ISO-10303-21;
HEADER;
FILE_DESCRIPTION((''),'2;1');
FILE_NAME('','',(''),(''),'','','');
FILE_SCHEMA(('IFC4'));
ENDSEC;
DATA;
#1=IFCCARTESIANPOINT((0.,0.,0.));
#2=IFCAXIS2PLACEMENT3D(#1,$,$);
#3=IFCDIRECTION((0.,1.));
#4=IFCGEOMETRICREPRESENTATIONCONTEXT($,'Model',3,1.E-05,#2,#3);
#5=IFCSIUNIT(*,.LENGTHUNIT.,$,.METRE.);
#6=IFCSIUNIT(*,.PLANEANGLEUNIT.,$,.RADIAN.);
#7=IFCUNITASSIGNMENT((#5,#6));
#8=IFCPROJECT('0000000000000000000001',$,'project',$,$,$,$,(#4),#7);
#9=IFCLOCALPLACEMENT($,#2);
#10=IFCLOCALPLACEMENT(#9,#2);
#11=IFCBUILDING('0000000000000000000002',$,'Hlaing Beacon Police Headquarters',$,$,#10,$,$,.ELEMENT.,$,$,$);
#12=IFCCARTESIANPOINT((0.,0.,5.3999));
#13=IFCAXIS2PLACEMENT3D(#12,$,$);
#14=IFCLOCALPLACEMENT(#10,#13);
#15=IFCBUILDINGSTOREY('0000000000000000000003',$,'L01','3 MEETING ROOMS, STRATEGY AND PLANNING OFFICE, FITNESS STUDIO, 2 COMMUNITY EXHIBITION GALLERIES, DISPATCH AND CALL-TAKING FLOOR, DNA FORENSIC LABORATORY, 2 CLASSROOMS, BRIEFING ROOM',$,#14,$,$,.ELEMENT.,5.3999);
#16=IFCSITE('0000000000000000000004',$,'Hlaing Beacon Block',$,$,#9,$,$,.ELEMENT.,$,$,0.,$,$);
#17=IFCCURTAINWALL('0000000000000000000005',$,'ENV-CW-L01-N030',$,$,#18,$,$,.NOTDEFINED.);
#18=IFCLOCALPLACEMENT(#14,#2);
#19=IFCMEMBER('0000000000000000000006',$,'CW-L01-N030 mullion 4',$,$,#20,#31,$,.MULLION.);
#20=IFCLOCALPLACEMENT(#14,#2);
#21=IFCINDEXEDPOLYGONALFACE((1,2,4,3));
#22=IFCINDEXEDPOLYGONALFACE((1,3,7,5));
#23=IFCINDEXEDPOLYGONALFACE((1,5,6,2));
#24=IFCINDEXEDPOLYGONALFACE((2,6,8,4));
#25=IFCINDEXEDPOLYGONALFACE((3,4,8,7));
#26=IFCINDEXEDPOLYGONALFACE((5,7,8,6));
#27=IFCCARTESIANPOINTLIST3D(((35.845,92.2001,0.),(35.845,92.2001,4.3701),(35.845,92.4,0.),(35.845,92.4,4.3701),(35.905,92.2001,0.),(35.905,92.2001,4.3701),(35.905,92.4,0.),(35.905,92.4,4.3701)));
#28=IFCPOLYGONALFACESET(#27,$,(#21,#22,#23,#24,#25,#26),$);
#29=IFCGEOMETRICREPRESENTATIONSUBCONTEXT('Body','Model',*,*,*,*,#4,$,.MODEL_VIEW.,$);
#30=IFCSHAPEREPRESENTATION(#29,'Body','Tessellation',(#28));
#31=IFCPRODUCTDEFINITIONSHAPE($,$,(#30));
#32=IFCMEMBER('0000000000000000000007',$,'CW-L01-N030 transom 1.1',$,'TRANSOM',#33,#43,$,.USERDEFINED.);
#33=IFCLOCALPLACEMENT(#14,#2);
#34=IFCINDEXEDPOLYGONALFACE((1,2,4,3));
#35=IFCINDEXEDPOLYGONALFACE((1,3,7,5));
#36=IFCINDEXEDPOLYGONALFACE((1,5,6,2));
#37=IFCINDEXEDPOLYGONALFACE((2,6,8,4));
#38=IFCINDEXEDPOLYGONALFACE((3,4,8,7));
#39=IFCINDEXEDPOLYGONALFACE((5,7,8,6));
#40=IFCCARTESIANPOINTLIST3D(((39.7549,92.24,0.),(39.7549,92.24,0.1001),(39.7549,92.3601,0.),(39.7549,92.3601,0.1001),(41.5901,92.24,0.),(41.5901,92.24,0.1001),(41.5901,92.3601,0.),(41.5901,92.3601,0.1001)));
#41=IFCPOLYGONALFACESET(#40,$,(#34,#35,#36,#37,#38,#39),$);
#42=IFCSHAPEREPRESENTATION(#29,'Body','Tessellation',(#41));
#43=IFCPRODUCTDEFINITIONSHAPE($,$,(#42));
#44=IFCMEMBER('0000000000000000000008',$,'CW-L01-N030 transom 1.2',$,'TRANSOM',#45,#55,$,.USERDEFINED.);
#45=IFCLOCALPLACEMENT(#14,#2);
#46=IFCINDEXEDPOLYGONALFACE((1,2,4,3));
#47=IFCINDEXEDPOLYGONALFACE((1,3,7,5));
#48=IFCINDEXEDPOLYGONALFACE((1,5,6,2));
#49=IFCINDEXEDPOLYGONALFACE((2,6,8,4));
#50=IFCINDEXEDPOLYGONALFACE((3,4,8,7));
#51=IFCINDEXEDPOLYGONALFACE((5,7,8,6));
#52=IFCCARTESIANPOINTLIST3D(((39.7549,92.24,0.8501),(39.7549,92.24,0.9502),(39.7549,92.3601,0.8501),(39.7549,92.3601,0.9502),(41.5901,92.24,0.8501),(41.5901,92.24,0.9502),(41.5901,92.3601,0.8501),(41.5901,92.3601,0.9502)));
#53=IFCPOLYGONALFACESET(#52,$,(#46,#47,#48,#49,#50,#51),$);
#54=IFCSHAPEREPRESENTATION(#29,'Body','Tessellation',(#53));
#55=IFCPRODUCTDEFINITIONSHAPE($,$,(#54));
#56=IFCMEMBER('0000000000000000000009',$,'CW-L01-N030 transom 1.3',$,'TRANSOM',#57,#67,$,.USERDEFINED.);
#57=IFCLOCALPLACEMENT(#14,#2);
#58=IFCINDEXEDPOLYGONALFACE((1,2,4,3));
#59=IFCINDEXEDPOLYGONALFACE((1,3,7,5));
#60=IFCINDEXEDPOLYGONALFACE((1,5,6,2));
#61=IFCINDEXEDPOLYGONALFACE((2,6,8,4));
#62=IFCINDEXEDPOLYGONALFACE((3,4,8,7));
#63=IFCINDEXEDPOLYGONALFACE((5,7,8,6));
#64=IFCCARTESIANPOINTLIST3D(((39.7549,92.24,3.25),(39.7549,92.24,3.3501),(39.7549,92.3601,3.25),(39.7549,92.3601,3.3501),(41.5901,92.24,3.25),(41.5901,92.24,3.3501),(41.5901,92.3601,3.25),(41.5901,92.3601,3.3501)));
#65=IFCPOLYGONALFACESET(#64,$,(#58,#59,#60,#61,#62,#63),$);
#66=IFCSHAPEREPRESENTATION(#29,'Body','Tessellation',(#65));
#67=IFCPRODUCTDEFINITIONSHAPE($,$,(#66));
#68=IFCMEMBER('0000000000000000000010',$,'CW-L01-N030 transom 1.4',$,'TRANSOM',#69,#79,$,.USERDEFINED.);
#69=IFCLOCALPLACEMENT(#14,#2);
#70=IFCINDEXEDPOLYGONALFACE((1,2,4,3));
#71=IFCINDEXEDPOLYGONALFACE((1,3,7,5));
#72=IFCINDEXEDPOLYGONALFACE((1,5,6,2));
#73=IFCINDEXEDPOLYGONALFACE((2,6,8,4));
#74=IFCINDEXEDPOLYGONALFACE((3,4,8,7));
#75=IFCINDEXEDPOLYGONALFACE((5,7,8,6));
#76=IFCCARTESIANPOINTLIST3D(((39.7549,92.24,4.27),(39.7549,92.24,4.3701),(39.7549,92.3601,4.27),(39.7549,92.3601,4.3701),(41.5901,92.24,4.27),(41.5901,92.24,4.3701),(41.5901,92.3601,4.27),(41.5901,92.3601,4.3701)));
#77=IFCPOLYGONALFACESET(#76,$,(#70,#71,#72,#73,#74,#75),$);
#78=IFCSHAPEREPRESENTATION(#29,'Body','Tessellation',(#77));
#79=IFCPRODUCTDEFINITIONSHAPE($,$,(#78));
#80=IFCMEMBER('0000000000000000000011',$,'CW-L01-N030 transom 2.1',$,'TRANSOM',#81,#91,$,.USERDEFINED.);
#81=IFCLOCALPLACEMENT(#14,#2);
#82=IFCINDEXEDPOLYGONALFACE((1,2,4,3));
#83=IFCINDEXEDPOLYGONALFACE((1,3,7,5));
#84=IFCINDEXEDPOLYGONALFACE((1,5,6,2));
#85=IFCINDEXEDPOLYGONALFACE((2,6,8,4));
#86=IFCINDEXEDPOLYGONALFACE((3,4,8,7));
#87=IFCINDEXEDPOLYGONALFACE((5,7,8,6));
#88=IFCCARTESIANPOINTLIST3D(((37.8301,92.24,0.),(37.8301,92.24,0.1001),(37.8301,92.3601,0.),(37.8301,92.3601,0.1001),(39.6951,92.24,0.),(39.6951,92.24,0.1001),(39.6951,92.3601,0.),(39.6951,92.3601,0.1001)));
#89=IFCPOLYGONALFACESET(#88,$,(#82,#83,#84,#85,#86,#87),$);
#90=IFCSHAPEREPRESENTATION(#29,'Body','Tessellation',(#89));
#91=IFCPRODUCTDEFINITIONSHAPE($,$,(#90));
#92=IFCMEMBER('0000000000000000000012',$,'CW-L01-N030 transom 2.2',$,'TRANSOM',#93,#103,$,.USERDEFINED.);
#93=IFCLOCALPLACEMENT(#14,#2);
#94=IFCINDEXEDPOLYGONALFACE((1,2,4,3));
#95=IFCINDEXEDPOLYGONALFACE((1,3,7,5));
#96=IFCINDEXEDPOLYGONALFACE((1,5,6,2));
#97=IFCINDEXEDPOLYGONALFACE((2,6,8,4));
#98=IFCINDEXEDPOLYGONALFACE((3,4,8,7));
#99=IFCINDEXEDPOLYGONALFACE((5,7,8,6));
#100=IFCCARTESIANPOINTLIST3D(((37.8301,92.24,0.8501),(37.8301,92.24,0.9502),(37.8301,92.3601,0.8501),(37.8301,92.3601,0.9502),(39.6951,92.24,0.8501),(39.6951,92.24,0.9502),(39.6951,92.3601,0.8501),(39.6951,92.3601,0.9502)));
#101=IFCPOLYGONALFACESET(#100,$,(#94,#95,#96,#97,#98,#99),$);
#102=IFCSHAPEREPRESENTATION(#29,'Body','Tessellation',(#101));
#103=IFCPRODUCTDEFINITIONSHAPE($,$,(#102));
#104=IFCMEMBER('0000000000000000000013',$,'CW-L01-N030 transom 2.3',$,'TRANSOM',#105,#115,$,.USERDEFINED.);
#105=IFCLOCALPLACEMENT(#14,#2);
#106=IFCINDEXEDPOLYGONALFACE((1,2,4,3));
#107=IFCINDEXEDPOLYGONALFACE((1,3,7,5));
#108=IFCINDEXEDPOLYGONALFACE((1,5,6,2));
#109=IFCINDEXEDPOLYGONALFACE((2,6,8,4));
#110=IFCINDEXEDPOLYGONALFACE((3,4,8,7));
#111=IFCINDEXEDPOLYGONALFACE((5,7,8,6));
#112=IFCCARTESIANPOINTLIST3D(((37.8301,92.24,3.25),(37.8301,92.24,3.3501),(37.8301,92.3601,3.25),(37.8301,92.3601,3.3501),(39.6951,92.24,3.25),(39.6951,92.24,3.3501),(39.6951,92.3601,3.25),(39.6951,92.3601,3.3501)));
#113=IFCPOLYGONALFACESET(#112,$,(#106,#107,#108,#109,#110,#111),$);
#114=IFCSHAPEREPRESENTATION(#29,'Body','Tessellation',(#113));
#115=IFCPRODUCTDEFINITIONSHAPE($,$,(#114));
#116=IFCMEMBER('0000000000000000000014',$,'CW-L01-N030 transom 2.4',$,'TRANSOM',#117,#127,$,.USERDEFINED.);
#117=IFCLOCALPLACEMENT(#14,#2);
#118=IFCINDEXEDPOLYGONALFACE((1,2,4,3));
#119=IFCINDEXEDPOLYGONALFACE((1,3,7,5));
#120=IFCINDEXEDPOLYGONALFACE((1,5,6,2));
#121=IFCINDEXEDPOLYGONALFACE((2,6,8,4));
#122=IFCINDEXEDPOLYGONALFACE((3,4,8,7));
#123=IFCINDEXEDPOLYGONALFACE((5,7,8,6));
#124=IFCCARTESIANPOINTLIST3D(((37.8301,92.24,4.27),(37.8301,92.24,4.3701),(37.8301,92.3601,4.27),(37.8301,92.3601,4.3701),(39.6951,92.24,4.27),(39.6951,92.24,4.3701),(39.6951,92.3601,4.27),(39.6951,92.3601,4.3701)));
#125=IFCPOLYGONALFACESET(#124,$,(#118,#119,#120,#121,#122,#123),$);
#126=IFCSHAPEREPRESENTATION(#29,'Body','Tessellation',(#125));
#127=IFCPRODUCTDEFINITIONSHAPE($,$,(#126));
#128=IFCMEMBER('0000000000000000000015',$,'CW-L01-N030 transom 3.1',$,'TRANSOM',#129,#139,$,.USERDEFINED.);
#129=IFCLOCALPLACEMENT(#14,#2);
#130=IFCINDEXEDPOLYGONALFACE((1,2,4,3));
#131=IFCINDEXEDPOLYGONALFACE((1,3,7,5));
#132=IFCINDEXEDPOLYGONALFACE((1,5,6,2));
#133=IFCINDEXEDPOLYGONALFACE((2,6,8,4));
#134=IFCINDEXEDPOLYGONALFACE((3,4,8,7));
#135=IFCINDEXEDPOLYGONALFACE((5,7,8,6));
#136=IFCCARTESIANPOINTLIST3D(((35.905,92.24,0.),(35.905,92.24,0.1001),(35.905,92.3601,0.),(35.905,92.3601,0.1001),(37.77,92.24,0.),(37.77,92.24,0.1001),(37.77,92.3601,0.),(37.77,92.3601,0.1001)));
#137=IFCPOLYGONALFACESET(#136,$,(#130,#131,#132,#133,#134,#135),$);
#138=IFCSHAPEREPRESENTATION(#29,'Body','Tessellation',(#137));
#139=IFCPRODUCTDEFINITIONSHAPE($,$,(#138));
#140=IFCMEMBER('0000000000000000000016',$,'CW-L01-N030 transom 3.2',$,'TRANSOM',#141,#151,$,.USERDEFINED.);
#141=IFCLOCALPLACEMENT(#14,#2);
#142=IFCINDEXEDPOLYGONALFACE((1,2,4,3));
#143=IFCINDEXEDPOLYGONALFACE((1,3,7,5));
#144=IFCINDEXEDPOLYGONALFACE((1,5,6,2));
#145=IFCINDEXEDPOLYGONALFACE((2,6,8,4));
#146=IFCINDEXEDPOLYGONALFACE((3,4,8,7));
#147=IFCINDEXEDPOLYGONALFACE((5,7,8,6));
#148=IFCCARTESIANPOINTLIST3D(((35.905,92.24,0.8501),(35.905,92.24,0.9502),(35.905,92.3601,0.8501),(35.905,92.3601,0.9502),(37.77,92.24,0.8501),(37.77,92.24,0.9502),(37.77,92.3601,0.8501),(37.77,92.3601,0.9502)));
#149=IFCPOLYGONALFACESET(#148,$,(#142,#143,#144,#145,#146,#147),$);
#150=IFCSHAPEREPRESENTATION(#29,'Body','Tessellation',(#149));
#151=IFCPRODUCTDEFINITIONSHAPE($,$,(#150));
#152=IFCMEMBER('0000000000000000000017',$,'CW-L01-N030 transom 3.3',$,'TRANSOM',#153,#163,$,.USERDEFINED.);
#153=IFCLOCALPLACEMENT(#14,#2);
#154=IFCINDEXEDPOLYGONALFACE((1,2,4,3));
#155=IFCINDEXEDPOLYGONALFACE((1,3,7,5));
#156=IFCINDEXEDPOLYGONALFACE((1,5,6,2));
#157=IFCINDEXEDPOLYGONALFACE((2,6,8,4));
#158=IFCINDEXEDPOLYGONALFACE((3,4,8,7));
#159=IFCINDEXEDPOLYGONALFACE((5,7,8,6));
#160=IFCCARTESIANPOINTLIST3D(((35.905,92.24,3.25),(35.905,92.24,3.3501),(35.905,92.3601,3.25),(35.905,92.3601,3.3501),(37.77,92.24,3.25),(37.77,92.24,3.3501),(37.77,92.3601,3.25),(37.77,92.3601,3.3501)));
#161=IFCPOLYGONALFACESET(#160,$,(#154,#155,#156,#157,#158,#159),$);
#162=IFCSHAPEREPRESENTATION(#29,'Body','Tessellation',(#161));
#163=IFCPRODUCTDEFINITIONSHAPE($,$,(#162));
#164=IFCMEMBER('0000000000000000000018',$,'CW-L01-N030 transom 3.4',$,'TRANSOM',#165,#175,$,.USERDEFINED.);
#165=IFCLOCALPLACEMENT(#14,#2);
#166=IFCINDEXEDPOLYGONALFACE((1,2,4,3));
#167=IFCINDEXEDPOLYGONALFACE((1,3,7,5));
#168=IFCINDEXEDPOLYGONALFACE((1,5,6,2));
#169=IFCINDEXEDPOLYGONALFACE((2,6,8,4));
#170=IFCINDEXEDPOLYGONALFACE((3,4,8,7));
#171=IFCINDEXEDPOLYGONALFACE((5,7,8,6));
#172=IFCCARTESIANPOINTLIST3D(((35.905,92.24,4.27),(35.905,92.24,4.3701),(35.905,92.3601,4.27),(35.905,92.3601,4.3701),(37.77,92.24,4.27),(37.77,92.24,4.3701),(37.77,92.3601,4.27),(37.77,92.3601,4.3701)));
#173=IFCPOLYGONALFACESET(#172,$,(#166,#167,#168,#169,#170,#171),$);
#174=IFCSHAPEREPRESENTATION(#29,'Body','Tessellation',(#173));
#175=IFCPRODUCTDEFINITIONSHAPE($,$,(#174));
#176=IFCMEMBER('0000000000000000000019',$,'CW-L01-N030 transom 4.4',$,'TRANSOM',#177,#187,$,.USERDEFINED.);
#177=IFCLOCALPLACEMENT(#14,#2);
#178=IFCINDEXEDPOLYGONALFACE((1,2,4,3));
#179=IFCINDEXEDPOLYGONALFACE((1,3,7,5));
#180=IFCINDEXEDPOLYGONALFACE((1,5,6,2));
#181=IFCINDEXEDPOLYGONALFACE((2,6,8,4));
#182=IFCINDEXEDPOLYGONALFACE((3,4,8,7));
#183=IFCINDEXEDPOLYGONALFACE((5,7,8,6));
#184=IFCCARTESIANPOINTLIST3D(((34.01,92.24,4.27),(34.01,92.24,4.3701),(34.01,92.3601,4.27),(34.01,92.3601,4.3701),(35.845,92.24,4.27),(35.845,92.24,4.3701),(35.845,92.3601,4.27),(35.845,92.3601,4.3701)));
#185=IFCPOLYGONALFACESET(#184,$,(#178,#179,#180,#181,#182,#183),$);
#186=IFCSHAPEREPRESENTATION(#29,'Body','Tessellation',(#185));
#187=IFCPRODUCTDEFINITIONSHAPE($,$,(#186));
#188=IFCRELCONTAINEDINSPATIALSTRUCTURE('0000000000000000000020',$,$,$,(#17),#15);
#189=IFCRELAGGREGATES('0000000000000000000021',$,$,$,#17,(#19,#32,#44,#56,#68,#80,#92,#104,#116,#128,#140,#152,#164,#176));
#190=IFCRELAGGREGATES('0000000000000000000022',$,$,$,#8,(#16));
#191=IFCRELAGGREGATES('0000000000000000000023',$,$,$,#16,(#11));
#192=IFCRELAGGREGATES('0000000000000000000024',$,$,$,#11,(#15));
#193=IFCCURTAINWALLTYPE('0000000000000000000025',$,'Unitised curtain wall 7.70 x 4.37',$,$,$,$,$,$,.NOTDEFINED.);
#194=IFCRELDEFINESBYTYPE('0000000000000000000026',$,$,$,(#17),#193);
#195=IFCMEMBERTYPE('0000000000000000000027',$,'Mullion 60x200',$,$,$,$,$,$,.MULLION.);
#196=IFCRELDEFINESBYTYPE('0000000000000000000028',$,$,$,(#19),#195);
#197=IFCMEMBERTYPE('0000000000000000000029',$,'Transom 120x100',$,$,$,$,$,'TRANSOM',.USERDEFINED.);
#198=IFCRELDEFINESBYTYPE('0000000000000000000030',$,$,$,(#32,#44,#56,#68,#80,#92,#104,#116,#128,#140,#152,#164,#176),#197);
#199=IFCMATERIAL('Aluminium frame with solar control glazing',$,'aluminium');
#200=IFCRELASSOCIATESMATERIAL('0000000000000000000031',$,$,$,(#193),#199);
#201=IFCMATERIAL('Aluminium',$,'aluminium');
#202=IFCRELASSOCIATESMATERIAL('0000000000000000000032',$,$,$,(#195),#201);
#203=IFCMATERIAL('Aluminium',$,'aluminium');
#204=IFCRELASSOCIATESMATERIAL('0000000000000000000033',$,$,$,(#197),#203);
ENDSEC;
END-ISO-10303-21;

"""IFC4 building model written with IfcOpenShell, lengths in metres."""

from ifc_helpers import new_model, si_unit, direction, frame, origin, origin_2d, place, context, subcontext, project, spatial, rectangle, extrude, material, material_profile, profile_set, type_object, element, aggregate, save


model = new_model("IFC4")

# Units and contexts
model_context = context("Model", 3, precision=1e-05, world=origin(), true_north=direction((0.0, 1.0)))
body_context = subcontext(model_context, "Body", "Model", "MODEL_VIEW")
ifc_project = project(units=[si_unit("LENGTHUNIT", "METRE"), si_unit("PLANEANGLEUNIT", "RADIAN")], contexts=[model_context])

# Site, building, storey
site_placement = place(None, origin())
site = spatial("IfcSite", under=ifc_project, at=site_placement, Name="Hlaing Beacon Block", CompositionType="ELEMENT", RefElevation=0.0)
building_placement = place(site_placement, origin())
building = spatial("IfcBuilding", under=site, at=building_placement, Name="Hlaing Beacon Police Headquarters", CompositionType="ELEMENT")
storey_placement = place(building_placement, frame((0.0, 0.0, 5.3999)))
storey = spatial("IfcBuildingStorey", under=building, at=storey_placement, Name="L01", Description="3 MEETING ROOMS, STRATEGY AND PLANNING OFFICE, FITNESS STUDIO, 2 COMMUNITY EXHIBITION GALLERIES, DISPATCH AND CALL-TAKING FLOOR, DNA FORENSIC LABORATORY, 2 CLASSROOMS, BRIEFING ROOM", CompositionType="ELEMENT", Elevation=5.3999)

# Shared definitions
ifc_material_1 = material(Name="Aluminium frame with solar control glazing", Category="aluminium")
curtain_wall_type = type_object("IfcCurtainWallType", Name="Unitised curtain wall 7.70 x 4.37", PredefinedType="NOTDEFINED", material=ifc_material_1)
ifc_material_2 = material(Name="Aluminium", Category="aluminium")
ifc_material_profile_1 = material_profile(ifc_material_2, rectangle(XDim=0.2, YDim=0.0601, at=origin_2d()), Name="Mullion 60x200")
ifc_profile_set_1 = profile_set([ifc_material_profile_1], Name="Aluminium")
member_type_1 = type_object("IfcMemberType", Name="Mullion 60x200", PredefinedType="MULLION", material=ifc_profile_set_1)

# Curtain wall, members
curtain_wall_1_placement = place(storey_placement, origin())
curtain_wall_1 = element("IfcCurtainWall", 1, at=curtain_wall_1_placement, inside=storey, type_object=curtain_wall_type, Name="ENV-CW-L01-N030", PredefinedType="NOTDEFINED")
member_1_placement = place(storey_placement, frame((35.875, 92.3, 0.0), z_axis=(0.0, 0.0, 1.0), x_axis=(0.0, -1.0, 0.0)))
member_1 = element("IfcMember", 2, at=member_1_placement, type_object=member_type_1, Name="CW-L01-N030 mullion 4", PredefinedType="MULLION", context=body_context, shape_type="SweptSolid", body=[
    extrude(rectangle(XDim=0.2, YDim=0.0601, at=origin_2d()), origin(), (0.0, 0.0, 1.0), 4.3701),
])
ifc_material_3 = material(Name="Aluminium", Category="aluminium")
ifc_material_profile_2 = material_profile(ifc_material_3, rectangle(XDim=0.1201, YDim=0.1001, at=origin_2d()), Name="Transom 120x100")
ifc_profile_set_2 = profile_set([ifc_material_profile_2], Name="Aluminium")
member_type_2 = type_object("IfcMemberType", Name="Transom 120x100", ElementType="TRANSOM", PredefinedType="USERDEFINED", material=ifc_profile_set_2)
member_2_placement = place(storey_placement, frame((41.5901, 92.3, 0.05), z_axis=(-1.0, 0.0, 0.0), x_axis=(0.0, -1.0, 0.0)))
member_2 = element("IfcMember", 3, at=member_2_placement, type_object=member_type_2, Name="CW-L01-N030 transom 1.1", ObjectType="TRANSOM", PredefinedType="USERDEFINED", context=body_context, shape_type="SweptSolid", body=[
    extrude(rectangle(XDim=0.1201, YDim=0.1001, at=origin_2d()), origin(), (0.0, 0.0, 1.0), 1.8352),
])
member_3_placement = place(storey_placement, frame((41.5901, 92.3, 0.9001), z_axis=(-1.0, 0.0, 0.0), x_axis=(0.0, -1.0, 0.0)))
member_3 = element("IfcMember", 4, at=member_3_placement, type_object=member_type_2, Name="CW-L01-N030 transom 1.2", ObjectType="TRANSOM", PredefinedType="USERDEFINED", context=body_context, shape_type="SweptSolid", body=[
    extrude(rectangle(XDim=0.1201, YDim=0.1001, at=origin_2d()), origin(), (0.0, 0.0, 1.0), 1.8352),
])
member_4_placement = place(storey_placement, frame((41.5901, 92.3, 3.3), z_axis=(-1.0, 0.0, 0.0), x_axis=(0.0, -1.0, 0.0)))
member_4 = element("IfcMember", 5, at=member_4_placement, type_object=member_type_2, Name="CW-L01-N030 transom 1.3", ObjectType="TRANSOM", PredefinedType="USERDEFINED", context=body_context, shape_type="SweptSolid", body=[
    extrude(rectangle(XDim=0.1201, YDim=0.1001, at=origin_2d()), origin(), (0.0, 0.0, 1.0), 1.8352),
])
member_5_placement = place(storey_placement, frame((41.5901, 92.3, 4.3201), z_axis=(-1.0, 0.0, 0.0), x_axis=(0.0, -1.0, 0.0)))
member_5 = element("IfcMember", 6, at=member_5_placement, type_object=member_type_2, Name="CW-L01-N030 transom 1.4", ObjectType="TRANSOM", PredefinedType="USERDEFINED", context=body_context, shape_type="SweptSolid", body=[
    extrude(rectangle(XDim=0.1201, YDim=0.1001, at=origin_2d()), origin(), (0.0, 0.0, 1.0), 1.8352),
])
member_6_placement = place(storey_placement, frame((39.6951, 92.3, 0.05), z_axis=(-1.0, 0.0, 0.0), x_axis=(0.0, -1.0, 0.0)))
member_6 = element("IfcMember", 7, at=member_6_placement, type_object=member_type_2, Name="CW-L01-N030 transom 2.1", ObjectType="TRANSOM", PredefinedType="USERDEFINED", context=body_context, shape_type="SweptSolid", body=[
    extrude(rectangle(XDim=0.1201, YDim=0.1001, at=origin_2d()), origin(), (0.0, 0.0, 1.0), 1.865),
])
member_7_placement = place(storey_placement, frame((39.6951, 92.3, 0.9001), z_axis=(-1.0, 0.0, 0.0), x_axis=(0.0, -1.0, 0.0)))
member_7 = element("IfcMember", 8, at=member_7_placement, type_object=member_type_2, Name="CW-L01-N030 transom 2.2", ObjectType="TRANSOM", PredefinedType="USERDEFINED", context=body_context, shape_type="SweptSolid", body=[
    extrude(rectangle(XDim=0.1201, YDim=0.1001, at=origin_2d()), origin(), (0.0, 0.0, 1.0), 1.865),
])
member_8_placement = place(storey_placement, frame((39.6951, 92.3, 3.3), z_axis=(-1.0, 0.0, 0.0), x_axis=(0.0, -1.0, 0.0)))
member_8 = element("IfcMember", 9, at=member_8_placement, type_object=member_type_2, Name="CW-L01-N030 transom 2.3", ObjectType="TRANSOM", PredefinedType="USERDEFINED", context=body_context, shape_type="SweptSolid", body=[
    extrude(rectangle(XDim=0.1201, YDim=0.1001, at=origin_2d()), origin(), (0.0, 0.0, 1.0), 1.865),
])
member_9_placement = place(storey_placement, frame((39.6951, 92.3, 4.3201), z_axis=(-1.0, 0.0, 0.0), x_axis=(0.0, -1.0, 0.0)))
member_9 = element("IfcMember", 10, at=member_9_placement, type_object=member_type_2, Name="CW-L01-N030 transom 2.4", ObjectType="TRANSOM", PredefinedType="USERDEFINED", context=body_context, shape_type="SweptSolid", body=[
    extrude(rectangle(XDim=0.1201, YDim=0.1001, at=origin_2d()), origin(), (0.0, 0.0, 1.0), 1.865),
])
member_10_placement = place(storey_placement, frame((37.77, 92.3, 0.05), z_axis=(-1.0, 0.0, 0.0), x_axis=(0.0, -1.0, 0.0)))
member_10 = element("IfcMember", 11, at=member_10_placement, type_object=member_type_2, Name="CW-L01-N030 transom 3.1", ObjectType="TRANSOM", PredefinedType="USERDEFINED", context=body_context, shape_type="SweptSolid", body=[
    extrude(rectangle(XDim=0.1201, YDim=0.1001, at=origin_2d()), origin(), (0.0, 0.0, 1.0), 1.865),
])
member_11_placement = place(storey_placement, frame((37.77, 92.3, 0.9001), z_axis=(-1.0, 0.0, 0.0), x_axis=(0.0, -1.0, 0.0)))
member_11 = element("IfcMember", 12, at=member_11_placement, type_object=member_type_2, Name="CW-L01-N030 transom 3.2", ObjectType="TRANSOM", PredefinedType="USERDEFINED", context=body_context, shape_type="SweptSolid", body=[
    extrude(rectangle(XDim=0.1201, YDim=0.1001, at=origin_2d()), origin(), (0.0, 0.0, 1.0), 1.865),
])
member_12_placement = place(storey_placement, frame((37.77, 92.3, 3.3), z_axis=(-1.0, 0.0, 0.0), x_axis=(0.0, -1.0, 0.0)))
member_12 = element("IfcMember", 13, at=member_12_placement, type_object=member_type_2, Name="CW-L01-N030 transom 3.3", ObjectType="TRANSOM", PredefinedType="USERDEFINED", context=body_context, shape_type="SweptSolid", body=[
    extrude(rectangle(XDim=0.1201, YDim=0.1001, at=origin_2d()), origin(), (0.0, 0.0, 1.0), 1.865),
])
member_13_placement = place(storey_placement, frame((37.77, 92.3, 4.3201), z_axis=(-1.0, 0.0, 0.0), x_axis=(0.0, -1.0, 0.0)))
member_13 = element("IfcMember", 14, at=member_13_placement, type_object=member_type_2, Name="CW-L01-N030 transom 3.4", ObjectType="TRANSOM", PredefinedType="USERDEFINED", context=body_context, shape_type="SweptSolid", body=[
    extrude(rectangle(XDim=0.1201, YDim=0.1001, at=origin_2d()), origin(), (0.0, 0.0, 1.0), 1.865),
])
member_14_placement = place(storey_placement, frame((35.845, 92.3, 4.3201), z_axis=(-1.0, 0.0, 0.0), x_axis=(0.0, -1.0, 0.0)))
member_14 = element("IfcMember", 15, at=member_14_placement, type_object=member_type_2, Name="CW-L01-N030 transom 4.4", ObjectType="TRANSOM", PredefinedType="USERDEFINED", context=body_context, shape_type="SweptSolid", body=[
    extrude(rectangle(XDim=0.1201, YDim=0.1001, at=origin_2d()), origin(), (0.0, 0.0, 1.0), 1.835),
])
aggregate(curtain_wall_1, [member_1, member_2, member_3, member_4, member_5, member_6, member_7, member_8, member_9, member_10, member_11, member_12, member_13, member_14])

save(model, "model.ifc")
